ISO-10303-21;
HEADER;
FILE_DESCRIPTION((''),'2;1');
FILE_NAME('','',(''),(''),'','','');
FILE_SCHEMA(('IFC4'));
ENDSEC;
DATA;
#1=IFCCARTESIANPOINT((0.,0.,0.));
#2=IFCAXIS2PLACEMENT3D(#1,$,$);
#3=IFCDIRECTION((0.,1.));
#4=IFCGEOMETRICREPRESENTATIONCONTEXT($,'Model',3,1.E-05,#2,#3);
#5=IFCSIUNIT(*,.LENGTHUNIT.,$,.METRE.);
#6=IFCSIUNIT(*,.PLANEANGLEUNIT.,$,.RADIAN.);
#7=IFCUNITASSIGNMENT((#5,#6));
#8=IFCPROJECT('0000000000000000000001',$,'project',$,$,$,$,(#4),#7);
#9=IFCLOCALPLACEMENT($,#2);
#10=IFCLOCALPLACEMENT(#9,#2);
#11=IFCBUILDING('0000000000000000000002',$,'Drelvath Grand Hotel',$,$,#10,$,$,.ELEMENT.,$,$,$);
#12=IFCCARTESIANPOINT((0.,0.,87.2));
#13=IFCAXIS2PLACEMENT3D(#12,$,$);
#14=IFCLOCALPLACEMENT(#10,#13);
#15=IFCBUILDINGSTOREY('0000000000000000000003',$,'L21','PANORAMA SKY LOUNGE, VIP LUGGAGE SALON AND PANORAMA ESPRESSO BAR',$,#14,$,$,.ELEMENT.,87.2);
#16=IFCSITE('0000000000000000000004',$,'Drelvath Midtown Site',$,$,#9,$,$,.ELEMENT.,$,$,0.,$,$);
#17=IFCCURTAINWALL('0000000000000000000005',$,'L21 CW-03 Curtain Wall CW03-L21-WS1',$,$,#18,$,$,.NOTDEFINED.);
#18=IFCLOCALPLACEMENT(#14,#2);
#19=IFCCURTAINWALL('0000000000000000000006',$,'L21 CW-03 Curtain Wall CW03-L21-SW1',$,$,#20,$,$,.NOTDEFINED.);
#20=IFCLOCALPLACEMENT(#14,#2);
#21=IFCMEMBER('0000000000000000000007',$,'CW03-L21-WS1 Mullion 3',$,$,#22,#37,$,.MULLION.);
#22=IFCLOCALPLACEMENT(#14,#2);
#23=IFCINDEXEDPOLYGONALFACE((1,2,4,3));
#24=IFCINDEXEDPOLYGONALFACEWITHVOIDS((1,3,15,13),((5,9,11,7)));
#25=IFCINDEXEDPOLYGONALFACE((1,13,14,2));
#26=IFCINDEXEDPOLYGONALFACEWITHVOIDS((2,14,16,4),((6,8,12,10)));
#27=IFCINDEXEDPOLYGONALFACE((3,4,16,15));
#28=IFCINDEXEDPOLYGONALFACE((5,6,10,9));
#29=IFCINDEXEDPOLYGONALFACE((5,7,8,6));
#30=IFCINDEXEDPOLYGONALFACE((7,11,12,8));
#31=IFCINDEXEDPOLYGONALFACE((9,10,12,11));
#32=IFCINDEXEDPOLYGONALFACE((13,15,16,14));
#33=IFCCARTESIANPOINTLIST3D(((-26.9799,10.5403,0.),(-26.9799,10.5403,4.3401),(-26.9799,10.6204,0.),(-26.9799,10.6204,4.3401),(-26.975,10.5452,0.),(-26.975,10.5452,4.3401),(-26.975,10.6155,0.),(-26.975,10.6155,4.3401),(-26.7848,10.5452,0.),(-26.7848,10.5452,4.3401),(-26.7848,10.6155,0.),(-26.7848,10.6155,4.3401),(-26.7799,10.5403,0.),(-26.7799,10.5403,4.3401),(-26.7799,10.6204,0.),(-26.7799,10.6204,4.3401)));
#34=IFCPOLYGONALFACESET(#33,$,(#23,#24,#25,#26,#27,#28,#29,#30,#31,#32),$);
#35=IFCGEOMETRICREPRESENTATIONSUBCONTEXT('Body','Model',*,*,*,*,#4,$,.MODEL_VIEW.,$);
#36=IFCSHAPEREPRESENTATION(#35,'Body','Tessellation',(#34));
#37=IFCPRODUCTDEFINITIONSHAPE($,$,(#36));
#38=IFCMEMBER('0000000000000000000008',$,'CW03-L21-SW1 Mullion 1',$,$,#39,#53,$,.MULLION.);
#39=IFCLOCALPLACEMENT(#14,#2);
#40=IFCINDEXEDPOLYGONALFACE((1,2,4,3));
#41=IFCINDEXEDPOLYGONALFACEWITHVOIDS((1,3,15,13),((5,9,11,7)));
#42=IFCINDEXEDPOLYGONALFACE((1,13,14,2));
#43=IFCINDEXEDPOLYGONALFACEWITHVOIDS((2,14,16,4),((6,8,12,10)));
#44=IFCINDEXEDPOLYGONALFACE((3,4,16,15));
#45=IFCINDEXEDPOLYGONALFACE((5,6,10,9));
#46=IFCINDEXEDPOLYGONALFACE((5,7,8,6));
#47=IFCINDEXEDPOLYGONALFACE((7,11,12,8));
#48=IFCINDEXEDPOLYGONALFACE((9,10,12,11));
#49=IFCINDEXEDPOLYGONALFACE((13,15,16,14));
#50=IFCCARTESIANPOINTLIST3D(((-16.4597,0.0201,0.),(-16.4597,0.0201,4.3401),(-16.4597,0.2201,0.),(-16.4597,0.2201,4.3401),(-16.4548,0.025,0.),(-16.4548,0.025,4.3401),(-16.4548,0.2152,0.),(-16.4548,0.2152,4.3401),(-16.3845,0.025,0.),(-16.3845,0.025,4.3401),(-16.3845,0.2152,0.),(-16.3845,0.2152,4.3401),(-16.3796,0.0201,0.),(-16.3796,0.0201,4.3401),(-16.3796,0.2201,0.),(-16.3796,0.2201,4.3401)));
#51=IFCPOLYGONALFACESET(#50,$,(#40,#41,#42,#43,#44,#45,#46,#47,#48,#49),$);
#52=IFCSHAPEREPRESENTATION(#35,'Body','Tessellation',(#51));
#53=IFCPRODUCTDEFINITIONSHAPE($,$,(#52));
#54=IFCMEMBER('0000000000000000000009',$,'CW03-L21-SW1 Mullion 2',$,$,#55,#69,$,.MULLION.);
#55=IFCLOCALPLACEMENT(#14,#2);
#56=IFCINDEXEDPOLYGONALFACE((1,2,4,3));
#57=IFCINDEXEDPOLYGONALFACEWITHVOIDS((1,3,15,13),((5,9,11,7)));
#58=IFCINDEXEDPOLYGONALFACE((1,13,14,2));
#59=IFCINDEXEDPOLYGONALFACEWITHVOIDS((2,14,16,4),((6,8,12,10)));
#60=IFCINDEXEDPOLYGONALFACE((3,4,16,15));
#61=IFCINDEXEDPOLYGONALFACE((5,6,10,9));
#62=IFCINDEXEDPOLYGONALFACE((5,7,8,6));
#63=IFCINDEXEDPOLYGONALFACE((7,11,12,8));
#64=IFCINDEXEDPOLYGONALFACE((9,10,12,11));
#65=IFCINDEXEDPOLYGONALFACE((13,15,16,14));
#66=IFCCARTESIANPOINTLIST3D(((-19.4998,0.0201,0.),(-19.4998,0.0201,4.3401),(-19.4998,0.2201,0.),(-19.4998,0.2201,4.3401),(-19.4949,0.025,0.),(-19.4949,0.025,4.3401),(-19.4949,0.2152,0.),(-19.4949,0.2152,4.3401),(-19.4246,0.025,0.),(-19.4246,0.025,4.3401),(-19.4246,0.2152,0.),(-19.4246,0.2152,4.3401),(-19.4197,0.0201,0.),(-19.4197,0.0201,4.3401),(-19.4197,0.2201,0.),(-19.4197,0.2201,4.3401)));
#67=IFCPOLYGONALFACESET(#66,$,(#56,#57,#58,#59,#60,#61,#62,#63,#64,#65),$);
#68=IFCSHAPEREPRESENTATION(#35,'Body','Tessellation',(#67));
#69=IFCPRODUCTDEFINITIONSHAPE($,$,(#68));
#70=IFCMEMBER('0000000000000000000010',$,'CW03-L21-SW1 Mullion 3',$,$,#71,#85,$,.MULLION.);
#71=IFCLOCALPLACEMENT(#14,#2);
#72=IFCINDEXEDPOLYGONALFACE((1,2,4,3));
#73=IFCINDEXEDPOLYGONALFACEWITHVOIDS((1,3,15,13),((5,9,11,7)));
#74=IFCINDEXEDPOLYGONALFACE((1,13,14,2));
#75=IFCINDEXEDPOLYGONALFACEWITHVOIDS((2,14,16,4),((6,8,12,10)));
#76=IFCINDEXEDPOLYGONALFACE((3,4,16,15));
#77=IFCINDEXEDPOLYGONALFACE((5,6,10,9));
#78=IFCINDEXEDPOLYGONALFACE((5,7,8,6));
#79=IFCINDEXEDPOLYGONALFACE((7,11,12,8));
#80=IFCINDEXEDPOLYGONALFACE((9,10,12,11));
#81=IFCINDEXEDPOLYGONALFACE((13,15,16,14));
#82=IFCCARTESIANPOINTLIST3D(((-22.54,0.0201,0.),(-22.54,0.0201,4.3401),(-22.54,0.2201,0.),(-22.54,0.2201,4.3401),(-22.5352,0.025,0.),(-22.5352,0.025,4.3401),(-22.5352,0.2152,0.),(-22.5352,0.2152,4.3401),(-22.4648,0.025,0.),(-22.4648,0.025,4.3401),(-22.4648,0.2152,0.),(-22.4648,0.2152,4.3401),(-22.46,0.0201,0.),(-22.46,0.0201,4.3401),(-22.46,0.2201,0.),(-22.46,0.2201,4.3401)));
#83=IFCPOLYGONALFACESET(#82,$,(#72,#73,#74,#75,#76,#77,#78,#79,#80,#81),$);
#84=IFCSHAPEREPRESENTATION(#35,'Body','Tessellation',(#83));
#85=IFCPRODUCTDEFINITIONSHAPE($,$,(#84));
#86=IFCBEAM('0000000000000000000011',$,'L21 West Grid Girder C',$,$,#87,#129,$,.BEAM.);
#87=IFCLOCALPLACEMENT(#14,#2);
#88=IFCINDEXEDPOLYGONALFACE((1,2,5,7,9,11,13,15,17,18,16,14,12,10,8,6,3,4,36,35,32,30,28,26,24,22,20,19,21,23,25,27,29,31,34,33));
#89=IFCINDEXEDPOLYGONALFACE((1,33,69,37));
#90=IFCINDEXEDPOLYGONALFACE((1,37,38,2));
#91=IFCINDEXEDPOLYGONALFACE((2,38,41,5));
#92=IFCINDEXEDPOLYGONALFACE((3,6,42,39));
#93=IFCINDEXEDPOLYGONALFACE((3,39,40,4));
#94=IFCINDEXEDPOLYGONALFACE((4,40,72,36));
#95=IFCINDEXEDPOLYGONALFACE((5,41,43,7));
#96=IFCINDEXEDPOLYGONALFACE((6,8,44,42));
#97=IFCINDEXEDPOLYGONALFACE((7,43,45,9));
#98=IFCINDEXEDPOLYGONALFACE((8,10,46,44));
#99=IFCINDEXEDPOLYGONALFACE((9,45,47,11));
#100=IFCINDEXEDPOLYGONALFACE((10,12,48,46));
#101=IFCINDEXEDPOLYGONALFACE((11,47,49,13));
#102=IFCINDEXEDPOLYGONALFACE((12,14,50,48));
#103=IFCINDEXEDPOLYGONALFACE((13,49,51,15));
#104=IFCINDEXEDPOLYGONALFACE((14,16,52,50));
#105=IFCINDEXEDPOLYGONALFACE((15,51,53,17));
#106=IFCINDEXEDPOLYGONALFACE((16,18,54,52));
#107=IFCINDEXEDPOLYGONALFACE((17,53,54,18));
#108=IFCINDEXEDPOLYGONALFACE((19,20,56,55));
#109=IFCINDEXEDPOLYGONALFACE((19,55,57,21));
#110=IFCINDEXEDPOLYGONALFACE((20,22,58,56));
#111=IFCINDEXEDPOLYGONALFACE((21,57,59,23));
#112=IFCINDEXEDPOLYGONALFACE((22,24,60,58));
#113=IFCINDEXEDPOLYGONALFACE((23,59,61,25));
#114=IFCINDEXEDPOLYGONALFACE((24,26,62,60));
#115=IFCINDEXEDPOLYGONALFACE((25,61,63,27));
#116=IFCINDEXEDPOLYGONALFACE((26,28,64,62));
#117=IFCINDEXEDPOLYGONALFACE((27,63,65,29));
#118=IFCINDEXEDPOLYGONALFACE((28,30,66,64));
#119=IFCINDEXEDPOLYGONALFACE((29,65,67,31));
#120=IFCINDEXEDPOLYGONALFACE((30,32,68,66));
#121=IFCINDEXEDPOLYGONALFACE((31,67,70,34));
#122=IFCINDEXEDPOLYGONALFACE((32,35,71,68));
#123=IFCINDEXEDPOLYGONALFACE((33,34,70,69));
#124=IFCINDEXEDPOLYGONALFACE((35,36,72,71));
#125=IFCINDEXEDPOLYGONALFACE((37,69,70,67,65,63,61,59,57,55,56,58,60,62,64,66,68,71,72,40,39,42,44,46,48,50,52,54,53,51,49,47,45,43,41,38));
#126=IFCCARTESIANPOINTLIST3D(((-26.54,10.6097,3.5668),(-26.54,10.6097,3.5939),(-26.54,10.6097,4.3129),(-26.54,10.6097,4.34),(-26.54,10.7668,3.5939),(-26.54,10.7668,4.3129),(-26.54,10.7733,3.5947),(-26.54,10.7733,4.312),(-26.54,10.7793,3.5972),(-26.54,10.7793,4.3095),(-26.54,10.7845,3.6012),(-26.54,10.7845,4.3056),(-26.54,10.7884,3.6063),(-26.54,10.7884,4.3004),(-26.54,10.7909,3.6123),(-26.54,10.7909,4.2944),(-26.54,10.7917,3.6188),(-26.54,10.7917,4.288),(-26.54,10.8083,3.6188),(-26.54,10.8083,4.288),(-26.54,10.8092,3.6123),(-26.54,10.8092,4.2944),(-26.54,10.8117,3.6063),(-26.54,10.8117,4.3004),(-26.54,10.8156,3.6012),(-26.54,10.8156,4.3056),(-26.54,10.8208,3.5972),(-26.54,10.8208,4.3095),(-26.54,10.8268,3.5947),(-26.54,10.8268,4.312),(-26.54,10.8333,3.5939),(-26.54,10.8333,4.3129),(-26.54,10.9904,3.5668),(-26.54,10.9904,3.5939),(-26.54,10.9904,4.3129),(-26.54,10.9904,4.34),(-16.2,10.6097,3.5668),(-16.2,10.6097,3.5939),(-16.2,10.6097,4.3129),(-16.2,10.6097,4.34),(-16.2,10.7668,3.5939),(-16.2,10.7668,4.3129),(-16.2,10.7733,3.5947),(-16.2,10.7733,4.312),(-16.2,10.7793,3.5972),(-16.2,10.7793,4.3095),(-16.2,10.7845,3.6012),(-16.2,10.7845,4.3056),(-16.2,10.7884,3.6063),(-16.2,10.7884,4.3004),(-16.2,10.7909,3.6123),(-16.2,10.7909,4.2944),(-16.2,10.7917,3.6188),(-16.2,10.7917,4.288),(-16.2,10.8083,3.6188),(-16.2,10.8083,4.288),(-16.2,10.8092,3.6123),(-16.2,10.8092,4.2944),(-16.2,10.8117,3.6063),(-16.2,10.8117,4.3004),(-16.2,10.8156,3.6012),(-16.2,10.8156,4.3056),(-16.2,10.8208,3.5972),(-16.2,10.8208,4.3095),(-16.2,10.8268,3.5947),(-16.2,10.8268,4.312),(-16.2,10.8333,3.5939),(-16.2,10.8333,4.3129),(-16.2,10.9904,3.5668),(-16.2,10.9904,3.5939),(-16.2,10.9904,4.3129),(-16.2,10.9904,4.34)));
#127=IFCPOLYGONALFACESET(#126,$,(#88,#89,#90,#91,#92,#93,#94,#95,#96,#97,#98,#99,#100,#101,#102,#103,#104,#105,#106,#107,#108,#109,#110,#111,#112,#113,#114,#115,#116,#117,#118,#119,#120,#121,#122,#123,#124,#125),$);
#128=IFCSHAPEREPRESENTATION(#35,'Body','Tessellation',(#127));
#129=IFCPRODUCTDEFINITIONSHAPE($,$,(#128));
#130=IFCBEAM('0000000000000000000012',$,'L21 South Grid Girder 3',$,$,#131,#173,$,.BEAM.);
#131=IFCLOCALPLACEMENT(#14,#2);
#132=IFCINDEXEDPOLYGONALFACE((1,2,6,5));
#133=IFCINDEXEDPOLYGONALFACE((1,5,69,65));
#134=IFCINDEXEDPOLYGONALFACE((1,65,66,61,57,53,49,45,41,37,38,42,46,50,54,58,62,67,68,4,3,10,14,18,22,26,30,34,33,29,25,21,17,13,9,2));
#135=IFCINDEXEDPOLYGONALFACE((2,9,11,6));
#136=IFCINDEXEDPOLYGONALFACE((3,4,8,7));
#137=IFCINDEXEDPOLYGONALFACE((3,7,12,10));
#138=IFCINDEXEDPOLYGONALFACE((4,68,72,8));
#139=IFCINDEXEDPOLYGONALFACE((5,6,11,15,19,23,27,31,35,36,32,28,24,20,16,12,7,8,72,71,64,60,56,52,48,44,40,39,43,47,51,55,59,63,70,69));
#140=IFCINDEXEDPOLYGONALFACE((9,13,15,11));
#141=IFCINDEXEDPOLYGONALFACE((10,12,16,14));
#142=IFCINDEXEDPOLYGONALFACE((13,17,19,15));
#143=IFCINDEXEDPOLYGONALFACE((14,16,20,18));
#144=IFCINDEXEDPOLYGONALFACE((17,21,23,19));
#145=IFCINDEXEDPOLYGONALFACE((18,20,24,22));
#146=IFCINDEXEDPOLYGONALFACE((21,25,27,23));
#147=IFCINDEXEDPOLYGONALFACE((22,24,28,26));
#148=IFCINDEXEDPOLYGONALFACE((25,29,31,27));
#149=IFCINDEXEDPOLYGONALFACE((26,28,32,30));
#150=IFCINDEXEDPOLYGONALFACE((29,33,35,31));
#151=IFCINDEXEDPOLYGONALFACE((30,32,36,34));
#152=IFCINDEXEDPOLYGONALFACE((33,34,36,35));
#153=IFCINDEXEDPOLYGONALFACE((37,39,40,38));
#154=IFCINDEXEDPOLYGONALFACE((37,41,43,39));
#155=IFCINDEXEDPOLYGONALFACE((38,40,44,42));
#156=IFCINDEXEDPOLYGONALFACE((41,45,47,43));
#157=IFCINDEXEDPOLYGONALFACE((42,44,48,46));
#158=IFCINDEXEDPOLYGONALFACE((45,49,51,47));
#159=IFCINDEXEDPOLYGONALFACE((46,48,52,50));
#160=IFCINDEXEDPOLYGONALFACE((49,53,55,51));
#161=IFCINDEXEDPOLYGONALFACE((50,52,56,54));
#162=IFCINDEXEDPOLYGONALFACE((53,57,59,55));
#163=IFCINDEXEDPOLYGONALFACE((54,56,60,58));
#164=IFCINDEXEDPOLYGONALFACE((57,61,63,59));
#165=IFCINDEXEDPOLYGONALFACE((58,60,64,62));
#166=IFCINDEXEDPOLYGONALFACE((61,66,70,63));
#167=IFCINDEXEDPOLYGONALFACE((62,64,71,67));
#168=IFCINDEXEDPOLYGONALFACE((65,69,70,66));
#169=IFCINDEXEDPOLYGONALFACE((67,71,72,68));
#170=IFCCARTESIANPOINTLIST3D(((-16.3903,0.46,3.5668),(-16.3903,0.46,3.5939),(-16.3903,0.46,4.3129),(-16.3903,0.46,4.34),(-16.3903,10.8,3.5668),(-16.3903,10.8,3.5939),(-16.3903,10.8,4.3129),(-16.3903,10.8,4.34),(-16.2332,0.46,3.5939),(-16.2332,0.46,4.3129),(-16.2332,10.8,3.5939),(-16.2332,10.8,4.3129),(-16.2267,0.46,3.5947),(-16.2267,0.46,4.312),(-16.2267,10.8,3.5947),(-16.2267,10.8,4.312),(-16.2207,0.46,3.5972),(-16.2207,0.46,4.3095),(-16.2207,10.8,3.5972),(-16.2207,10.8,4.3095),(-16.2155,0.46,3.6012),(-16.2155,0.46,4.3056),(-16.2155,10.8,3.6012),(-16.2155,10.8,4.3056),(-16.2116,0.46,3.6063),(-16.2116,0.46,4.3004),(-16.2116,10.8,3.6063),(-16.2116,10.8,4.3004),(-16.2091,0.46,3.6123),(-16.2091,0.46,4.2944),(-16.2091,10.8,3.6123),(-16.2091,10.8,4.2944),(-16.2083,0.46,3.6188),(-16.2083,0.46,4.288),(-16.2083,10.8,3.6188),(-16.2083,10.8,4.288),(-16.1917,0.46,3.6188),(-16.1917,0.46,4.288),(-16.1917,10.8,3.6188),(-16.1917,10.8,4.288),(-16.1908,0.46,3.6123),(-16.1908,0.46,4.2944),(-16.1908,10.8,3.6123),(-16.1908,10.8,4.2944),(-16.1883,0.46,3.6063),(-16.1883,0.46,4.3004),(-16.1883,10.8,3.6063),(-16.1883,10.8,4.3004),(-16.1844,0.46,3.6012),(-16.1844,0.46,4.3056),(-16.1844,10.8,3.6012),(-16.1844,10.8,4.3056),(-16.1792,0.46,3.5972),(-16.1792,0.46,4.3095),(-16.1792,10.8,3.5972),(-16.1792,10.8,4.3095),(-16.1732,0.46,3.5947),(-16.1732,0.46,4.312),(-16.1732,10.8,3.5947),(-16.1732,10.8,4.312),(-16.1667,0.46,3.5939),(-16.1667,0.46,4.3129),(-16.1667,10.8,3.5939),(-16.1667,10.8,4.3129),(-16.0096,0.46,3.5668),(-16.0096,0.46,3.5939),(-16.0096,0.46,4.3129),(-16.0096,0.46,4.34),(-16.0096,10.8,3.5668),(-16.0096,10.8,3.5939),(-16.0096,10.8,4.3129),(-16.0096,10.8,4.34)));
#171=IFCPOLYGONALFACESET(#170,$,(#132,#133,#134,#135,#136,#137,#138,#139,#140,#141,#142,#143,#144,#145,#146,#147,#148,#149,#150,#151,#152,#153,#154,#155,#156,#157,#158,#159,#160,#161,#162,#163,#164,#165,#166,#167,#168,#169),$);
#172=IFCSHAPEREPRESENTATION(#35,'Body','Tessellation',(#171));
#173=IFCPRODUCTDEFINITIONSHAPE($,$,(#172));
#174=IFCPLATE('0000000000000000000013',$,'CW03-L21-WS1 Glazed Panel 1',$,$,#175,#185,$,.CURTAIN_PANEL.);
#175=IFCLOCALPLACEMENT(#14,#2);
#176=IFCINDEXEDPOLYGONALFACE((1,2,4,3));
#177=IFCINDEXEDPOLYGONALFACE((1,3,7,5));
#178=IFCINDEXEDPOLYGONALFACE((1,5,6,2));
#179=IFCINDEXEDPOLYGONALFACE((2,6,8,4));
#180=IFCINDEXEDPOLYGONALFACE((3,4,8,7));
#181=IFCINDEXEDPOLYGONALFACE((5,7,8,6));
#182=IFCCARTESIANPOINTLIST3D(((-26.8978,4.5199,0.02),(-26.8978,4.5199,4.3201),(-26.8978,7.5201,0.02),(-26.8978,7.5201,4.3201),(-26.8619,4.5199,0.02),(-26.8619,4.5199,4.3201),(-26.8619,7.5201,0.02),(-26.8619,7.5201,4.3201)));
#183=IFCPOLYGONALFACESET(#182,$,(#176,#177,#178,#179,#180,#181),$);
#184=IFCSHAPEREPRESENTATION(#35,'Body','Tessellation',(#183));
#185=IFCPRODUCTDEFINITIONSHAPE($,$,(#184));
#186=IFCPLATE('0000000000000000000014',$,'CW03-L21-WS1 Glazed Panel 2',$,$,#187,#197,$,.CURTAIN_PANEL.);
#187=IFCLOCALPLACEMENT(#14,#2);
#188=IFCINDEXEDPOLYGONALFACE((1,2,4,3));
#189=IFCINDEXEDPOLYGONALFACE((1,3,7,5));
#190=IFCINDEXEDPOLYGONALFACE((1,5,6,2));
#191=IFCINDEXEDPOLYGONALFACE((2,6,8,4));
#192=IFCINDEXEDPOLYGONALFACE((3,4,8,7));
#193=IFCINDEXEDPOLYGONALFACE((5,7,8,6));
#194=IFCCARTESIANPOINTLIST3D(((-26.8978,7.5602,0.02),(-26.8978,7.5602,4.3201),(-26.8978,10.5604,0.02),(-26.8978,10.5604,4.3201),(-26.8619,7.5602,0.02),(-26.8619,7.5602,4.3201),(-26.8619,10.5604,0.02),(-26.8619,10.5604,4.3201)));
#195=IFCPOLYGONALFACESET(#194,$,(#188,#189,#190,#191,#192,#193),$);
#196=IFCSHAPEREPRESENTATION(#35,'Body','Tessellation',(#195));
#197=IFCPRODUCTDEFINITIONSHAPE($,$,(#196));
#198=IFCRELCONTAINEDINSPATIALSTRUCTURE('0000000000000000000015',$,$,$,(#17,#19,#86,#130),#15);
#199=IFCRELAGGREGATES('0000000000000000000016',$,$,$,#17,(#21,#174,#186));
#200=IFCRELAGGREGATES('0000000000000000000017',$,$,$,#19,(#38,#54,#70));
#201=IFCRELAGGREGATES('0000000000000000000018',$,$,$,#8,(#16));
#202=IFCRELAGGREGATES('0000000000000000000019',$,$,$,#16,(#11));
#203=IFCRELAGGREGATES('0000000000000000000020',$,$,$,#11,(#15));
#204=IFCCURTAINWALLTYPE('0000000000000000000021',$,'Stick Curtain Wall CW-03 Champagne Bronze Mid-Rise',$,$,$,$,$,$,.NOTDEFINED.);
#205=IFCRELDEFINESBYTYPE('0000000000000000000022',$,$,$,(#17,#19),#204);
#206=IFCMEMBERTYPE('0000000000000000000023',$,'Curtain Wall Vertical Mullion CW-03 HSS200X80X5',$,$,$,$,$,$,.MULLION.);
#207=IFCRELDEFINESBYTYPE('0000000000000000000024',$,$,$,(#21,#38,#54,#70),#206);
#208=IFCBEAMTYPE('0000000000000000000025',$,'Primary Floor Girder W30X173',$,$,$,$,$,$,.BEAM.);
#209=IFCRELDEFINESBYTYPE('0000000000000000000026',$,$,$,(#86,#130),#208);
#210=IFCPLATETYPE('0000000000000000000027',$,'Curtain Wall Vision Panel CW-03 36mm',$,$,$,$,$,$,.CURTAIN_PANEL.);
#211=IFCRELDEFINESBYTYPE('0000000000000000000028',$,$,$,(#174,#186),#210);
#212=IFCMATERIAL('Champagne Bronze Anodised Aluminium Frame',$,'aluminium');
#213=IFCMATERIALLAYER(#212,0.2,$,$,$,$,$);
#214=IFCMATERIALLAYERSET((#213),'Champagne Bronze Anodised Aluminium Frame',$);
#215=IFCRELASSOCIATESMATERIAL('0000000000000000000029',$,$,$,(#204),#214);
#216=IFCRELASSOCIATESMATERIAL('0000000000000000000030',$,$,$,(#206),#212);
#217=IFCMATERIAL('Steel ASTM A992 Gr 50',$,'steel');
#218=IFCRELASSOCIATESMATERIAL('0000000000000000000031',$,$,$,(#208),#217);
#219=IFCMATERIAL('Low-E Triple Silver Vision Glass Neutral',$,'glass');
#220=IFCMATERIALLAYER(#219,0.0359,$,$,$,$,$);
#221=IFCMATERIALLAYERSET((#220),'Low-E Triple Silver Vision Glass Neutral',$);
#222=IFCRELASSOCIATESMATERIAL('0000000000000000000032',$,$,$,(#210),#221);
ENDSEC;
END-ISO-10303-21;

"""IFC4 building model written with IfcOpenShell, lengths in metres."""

from ifc_helpers import new_model, si_unit, direction, frame, origin, origin_2d, place, context, subcontext, project, spatial, rectangle, hollow_rectangle, i_section, extrude, material, layer, layer_set, material_profile, profile_set, type_object, element, aggregate, save


model = new_model("IFC4")

# Units and contexts
model_context = context("Model", 3, precision=1e-05, world=origin(), true_north=direction((0.0, 1.0)))
body_context = subcontext(model_context, "Body", "Model", "MODEL_VIEW")
ifc_project = project(units=[si_unit("LENGTHUNIT", "METRE"), si_unit("PLANEANGLEUNIT", "RADIAN")], contexts=[model_context])

# Site, building, storey
site_placement = place(None, origin())
site = spatial("IfcSite", under=ifc_project, at=site_placement, Name="Drelvath Midtown Site", CompositionType="ELEMENT", RefElevation=0.0)
building_placement = place(site_placement, origin())
building = spatial("IfcBuilding", under=site, at=building_placement, Name="Drelvath Grand Hotel", CompositionType="ELEMENT")
storey_placement = place(building_placement, frame((0.0, 0.0, 87.2)))
storey = spatial("IfcBuildingStorey", under=building, at=storey_placement, Name="L21", Description="PANORAMA SKY LOUNGE, VIP LUGGAGE SALON AND PANORAMA ESPRESSO BAR", CompositionType="ELEMENT", Elevation=87.2)

# Curtain walls
ifc_material_1 = material(Name="Champagne Bronze Anodised Aluminium Frame", Category="aluminium")
ifc_layer_1 = layer(ifc_material_1, 0.2)
ifc_layer_set_1 = layer_set([ifc_layer_1], Name="Champagne Bronze Anodised Aluminium Frame")
curtain_wall_type = type_object("IfcCurtainWallType", Name="Stick Curtain Wall CW-03 Champagne Bronze Mid-Rise", PredefinedType="NOTDEFINED", material=ifc_layer_set_1)
curtain_wall_1_placement = place(storey_placement, origin())
curtain_wall_1 = element("IfcCurtainWall", 1, at=curtain_wall_1_placement, inside=storey, type_object=curtain_wall_type, Name="L21 CW-03 Curtain Wall CW03-L21-WS1", PredefinedType="NOTDEFINED")
curtain_wall_2_placement = place(storey_placement, origin())
curtain_wall_2 = element("IfcCurtainWall", 2, at=curtain_wall_2_placement, inside=storey, type_object=curtain_wall_type, Name="L21 CW-03 Curtain Wall CW03-L21-SW1", PredefinedType="NOTDEFINED")

# Members
ifc_material_profile_1 = material_profile(ifc_material_1, hollow_rectangle(XDim=0.0801, YDim=0.2, WallThickness=0.0049, at=origin_2d()), Name="HSS200X80X5")
ifc_profile_set_1 = profile_set([ifc_material_profile_1], Name="Champagne Bronze Anodised Aluminium Frame")
member_type_1 = type_object("IfcMemberType", Name="Curtain Wall Vertical Mullion CW-03 HSS200X80X5", PredefinedType="MULLION", material=ifc_profile_set_1)
member_1_placement = place(storey_placement, frame((-26.8799, 10.5803, 0.0), z_axis=(0.0, 0.0, 1.0), x_axis=(0.0, 1.0, 0.0)))
member_1 = element("IfcMember", 3, at=member_1_placement, type_object=member_type_1, Name="CW03-L21-WS1 Mullion 3", PredefinedType="MULLION", context=body_context, shape_type="SweptSolid", body=[
    extrude(hollow_rectangle(XDim=0.0801, YDim=0.2, WallThickness=0.0049, at=origin_2d()), origin(), (0.0, 0.0, 1.0), 4.3401),
])
member_2_placement = place(storey_placement, frame((-16.4197, 0.1201, 0.0), z_axis=(0.0, 0.0, 1.0), x_axis=(1.0, 0.0, 0.0)))
member_2 = element("IfcMember", 4, at=member_2_placement, type_object=member_type_1, Name="CW03-L21-SW1 Mullion 1", PredefinedType="MULLION", context=body_context, shape_type="SweptSolid", body=[
    extrude(hollow_rectangle(XDim=0.0801, YDim=0.2, WallThickness=0.0049, at=origin_2d()), origin(), (0.0, 0.0, 1.0), 4.3401),
])
member_3_placement = place(storey_placement, frame((-19.4597, 0.1201, 0.0), z_axis=(0.0, 0.0, 1.0), x_axis=(1.0, 0.0, 0.0)))
member_3 = element("IfcMember", 5, at=member_3_placement, type_object=member_type_1, Name="CW03-L21-SW1 Mullion 2", PredefinedType="MULLION", context=body_context, shape_type="SweptSolid", body=[
    extrude(hollow_rectangle(XDim=0.0801, YDim=0.2, WallThickness=0.0049, at=origin_2d()), origin(), (0.0, 0.0, 1.0), 4.3401),
])
member_4_placement = place(storey_placement, frame((-22.5, 0.1201, 0.0), z_axis=(0.0, 0.0, 1.0), x_axis=(1.0, 0.0, 0.0)))
member_4 = element("IfcMember", 6, at=member_4_placement, type_object=member_type_1, Name="CW03-L21-SW1 Mullion 3", PredefinedType="MULLION", context=body_context, shape_type="SweptSolid", body=[
    extrude(hollow_rectangle(XDim=0.0801, YDim=0.2, WallThickness=0.0049, at=origin_2d()), origin(), (0.0, 0.0, 1.0), 4.3401),
])

# Beams
ifc_material_2 = material(Name="Steel ASTM A992 Gr 50", Category="steel")
ifc_material_profile_2 = material_profile(ifc_material_2, i_section(OverallWidth=0.3806, OverallDepth=0.7732, WebThickness=0.0166, FlangeThickness=0.0271, FilletRadius=0.0249, at=origin_2d()), Name="W30X173")
ifc_profile_set_2 = profile_set([ifc_material_profile_2], Name="Steel ASTM A992 Gr 50")
beam_type = type_object("IfcBeamType", Name="Primary Floor Girder W30X173", PredefinedType="BEAM", material=ifc_profile_set_2)
for number, where, z_axis, x_axis, name in (
    (7, (-26.54, 10.8, 3.9534), (1.0, 0.0, 0.0), (0.0, 1.0, 0.0), "L21 West Grid Girder C"),
    (8, (-16.2, 0.46, 3.9534), (0.0, 1.0, 0.0), (-1.0, 0.0, 0.0), "L21 South Grid Girder 3"),
):
    element("IfcBeam", number, at=place(storey_placement, frame(where, z_axis=z_axis, x_axis=x_axis)), inside=storey, type_object=beam_type, Name=name, PredefinedType="BEAM", context=body_context, shape_type="SweptSolid", body=[
        extrude(i_section(OverallWidth=0.3806, OverallDepth=0.7732, WebThickness=0.0166, FlangeThickness=0.0271, FilletRadius=0.0249, at=origin_2d()), origin(), (0.0, 0.0, 1.0), 10.3401),
    ])

# Plates
ifc_material_3 = material(Name="Low-E Triple Silver Vision Glass Neutral", Category="glass")
ifc_layer_2 = layer(ifc_material_3, 0.0359)
ifc_layer_set_2 = layer_set([ifc_layer_2], Name="Low-E Triple Silver Vision Glass Neutral")
plate_type = type_object("IfcPlateType", Name="Curtain Wall Vision Panel CW-03 36mm", PredefinedType="CURTAIN_PANEL", material=ifc_layer_set_2)
plate_1_placement = place(storey_placement, frame((-26.8799, 6.02, 0.02), z_axis=(0.0, 0.0, 1.0), x_axis=(0.0, 1.0, 0.0)))
plate_1 = element("IfcPlate", 9, at=plate_1_placement, type_object=plate_type, Name="CW03-L21-WS1 Glazed Panel 1", PredefinedType="CURTAIN_PANEL", context=body_context, shape_type="SweptSolid", body=[
    extrude(rectangle(XDim=3.0002, YDim=0.0359, at=origin_2d()), origin(), (0.0, 0.0, 1.0), 4.3),
])
plate_2_placement = place(storey_placement, frame((-26.8799, 9.0603, 0.02), z_axis=(0.0, 0.0, 1.0), x_axis=(0.0, 1.0, 0.0)))
plate_2 = element("IfcPlate", 10, at=plate_2_placement, type_object=plate_type, Name="CW03-L21-WS1 Glazed Panel 2", PredefinedType="CURTAIN_PANEL", context=body_context, shape_type="SweptSolid", body=[
    extrude(rectangle(XDim=3.0002, YDim=0.0359, at=origin_2d()), origin(), (0.0, 0.0, 1.0), 4.3),
])
aggregate(curtain_wall_1, [member_1, plate_1, plate_2])
aggregate(curtain_wall_2, [member_2, member_3, member_4])

save(model, "model.ifc")
